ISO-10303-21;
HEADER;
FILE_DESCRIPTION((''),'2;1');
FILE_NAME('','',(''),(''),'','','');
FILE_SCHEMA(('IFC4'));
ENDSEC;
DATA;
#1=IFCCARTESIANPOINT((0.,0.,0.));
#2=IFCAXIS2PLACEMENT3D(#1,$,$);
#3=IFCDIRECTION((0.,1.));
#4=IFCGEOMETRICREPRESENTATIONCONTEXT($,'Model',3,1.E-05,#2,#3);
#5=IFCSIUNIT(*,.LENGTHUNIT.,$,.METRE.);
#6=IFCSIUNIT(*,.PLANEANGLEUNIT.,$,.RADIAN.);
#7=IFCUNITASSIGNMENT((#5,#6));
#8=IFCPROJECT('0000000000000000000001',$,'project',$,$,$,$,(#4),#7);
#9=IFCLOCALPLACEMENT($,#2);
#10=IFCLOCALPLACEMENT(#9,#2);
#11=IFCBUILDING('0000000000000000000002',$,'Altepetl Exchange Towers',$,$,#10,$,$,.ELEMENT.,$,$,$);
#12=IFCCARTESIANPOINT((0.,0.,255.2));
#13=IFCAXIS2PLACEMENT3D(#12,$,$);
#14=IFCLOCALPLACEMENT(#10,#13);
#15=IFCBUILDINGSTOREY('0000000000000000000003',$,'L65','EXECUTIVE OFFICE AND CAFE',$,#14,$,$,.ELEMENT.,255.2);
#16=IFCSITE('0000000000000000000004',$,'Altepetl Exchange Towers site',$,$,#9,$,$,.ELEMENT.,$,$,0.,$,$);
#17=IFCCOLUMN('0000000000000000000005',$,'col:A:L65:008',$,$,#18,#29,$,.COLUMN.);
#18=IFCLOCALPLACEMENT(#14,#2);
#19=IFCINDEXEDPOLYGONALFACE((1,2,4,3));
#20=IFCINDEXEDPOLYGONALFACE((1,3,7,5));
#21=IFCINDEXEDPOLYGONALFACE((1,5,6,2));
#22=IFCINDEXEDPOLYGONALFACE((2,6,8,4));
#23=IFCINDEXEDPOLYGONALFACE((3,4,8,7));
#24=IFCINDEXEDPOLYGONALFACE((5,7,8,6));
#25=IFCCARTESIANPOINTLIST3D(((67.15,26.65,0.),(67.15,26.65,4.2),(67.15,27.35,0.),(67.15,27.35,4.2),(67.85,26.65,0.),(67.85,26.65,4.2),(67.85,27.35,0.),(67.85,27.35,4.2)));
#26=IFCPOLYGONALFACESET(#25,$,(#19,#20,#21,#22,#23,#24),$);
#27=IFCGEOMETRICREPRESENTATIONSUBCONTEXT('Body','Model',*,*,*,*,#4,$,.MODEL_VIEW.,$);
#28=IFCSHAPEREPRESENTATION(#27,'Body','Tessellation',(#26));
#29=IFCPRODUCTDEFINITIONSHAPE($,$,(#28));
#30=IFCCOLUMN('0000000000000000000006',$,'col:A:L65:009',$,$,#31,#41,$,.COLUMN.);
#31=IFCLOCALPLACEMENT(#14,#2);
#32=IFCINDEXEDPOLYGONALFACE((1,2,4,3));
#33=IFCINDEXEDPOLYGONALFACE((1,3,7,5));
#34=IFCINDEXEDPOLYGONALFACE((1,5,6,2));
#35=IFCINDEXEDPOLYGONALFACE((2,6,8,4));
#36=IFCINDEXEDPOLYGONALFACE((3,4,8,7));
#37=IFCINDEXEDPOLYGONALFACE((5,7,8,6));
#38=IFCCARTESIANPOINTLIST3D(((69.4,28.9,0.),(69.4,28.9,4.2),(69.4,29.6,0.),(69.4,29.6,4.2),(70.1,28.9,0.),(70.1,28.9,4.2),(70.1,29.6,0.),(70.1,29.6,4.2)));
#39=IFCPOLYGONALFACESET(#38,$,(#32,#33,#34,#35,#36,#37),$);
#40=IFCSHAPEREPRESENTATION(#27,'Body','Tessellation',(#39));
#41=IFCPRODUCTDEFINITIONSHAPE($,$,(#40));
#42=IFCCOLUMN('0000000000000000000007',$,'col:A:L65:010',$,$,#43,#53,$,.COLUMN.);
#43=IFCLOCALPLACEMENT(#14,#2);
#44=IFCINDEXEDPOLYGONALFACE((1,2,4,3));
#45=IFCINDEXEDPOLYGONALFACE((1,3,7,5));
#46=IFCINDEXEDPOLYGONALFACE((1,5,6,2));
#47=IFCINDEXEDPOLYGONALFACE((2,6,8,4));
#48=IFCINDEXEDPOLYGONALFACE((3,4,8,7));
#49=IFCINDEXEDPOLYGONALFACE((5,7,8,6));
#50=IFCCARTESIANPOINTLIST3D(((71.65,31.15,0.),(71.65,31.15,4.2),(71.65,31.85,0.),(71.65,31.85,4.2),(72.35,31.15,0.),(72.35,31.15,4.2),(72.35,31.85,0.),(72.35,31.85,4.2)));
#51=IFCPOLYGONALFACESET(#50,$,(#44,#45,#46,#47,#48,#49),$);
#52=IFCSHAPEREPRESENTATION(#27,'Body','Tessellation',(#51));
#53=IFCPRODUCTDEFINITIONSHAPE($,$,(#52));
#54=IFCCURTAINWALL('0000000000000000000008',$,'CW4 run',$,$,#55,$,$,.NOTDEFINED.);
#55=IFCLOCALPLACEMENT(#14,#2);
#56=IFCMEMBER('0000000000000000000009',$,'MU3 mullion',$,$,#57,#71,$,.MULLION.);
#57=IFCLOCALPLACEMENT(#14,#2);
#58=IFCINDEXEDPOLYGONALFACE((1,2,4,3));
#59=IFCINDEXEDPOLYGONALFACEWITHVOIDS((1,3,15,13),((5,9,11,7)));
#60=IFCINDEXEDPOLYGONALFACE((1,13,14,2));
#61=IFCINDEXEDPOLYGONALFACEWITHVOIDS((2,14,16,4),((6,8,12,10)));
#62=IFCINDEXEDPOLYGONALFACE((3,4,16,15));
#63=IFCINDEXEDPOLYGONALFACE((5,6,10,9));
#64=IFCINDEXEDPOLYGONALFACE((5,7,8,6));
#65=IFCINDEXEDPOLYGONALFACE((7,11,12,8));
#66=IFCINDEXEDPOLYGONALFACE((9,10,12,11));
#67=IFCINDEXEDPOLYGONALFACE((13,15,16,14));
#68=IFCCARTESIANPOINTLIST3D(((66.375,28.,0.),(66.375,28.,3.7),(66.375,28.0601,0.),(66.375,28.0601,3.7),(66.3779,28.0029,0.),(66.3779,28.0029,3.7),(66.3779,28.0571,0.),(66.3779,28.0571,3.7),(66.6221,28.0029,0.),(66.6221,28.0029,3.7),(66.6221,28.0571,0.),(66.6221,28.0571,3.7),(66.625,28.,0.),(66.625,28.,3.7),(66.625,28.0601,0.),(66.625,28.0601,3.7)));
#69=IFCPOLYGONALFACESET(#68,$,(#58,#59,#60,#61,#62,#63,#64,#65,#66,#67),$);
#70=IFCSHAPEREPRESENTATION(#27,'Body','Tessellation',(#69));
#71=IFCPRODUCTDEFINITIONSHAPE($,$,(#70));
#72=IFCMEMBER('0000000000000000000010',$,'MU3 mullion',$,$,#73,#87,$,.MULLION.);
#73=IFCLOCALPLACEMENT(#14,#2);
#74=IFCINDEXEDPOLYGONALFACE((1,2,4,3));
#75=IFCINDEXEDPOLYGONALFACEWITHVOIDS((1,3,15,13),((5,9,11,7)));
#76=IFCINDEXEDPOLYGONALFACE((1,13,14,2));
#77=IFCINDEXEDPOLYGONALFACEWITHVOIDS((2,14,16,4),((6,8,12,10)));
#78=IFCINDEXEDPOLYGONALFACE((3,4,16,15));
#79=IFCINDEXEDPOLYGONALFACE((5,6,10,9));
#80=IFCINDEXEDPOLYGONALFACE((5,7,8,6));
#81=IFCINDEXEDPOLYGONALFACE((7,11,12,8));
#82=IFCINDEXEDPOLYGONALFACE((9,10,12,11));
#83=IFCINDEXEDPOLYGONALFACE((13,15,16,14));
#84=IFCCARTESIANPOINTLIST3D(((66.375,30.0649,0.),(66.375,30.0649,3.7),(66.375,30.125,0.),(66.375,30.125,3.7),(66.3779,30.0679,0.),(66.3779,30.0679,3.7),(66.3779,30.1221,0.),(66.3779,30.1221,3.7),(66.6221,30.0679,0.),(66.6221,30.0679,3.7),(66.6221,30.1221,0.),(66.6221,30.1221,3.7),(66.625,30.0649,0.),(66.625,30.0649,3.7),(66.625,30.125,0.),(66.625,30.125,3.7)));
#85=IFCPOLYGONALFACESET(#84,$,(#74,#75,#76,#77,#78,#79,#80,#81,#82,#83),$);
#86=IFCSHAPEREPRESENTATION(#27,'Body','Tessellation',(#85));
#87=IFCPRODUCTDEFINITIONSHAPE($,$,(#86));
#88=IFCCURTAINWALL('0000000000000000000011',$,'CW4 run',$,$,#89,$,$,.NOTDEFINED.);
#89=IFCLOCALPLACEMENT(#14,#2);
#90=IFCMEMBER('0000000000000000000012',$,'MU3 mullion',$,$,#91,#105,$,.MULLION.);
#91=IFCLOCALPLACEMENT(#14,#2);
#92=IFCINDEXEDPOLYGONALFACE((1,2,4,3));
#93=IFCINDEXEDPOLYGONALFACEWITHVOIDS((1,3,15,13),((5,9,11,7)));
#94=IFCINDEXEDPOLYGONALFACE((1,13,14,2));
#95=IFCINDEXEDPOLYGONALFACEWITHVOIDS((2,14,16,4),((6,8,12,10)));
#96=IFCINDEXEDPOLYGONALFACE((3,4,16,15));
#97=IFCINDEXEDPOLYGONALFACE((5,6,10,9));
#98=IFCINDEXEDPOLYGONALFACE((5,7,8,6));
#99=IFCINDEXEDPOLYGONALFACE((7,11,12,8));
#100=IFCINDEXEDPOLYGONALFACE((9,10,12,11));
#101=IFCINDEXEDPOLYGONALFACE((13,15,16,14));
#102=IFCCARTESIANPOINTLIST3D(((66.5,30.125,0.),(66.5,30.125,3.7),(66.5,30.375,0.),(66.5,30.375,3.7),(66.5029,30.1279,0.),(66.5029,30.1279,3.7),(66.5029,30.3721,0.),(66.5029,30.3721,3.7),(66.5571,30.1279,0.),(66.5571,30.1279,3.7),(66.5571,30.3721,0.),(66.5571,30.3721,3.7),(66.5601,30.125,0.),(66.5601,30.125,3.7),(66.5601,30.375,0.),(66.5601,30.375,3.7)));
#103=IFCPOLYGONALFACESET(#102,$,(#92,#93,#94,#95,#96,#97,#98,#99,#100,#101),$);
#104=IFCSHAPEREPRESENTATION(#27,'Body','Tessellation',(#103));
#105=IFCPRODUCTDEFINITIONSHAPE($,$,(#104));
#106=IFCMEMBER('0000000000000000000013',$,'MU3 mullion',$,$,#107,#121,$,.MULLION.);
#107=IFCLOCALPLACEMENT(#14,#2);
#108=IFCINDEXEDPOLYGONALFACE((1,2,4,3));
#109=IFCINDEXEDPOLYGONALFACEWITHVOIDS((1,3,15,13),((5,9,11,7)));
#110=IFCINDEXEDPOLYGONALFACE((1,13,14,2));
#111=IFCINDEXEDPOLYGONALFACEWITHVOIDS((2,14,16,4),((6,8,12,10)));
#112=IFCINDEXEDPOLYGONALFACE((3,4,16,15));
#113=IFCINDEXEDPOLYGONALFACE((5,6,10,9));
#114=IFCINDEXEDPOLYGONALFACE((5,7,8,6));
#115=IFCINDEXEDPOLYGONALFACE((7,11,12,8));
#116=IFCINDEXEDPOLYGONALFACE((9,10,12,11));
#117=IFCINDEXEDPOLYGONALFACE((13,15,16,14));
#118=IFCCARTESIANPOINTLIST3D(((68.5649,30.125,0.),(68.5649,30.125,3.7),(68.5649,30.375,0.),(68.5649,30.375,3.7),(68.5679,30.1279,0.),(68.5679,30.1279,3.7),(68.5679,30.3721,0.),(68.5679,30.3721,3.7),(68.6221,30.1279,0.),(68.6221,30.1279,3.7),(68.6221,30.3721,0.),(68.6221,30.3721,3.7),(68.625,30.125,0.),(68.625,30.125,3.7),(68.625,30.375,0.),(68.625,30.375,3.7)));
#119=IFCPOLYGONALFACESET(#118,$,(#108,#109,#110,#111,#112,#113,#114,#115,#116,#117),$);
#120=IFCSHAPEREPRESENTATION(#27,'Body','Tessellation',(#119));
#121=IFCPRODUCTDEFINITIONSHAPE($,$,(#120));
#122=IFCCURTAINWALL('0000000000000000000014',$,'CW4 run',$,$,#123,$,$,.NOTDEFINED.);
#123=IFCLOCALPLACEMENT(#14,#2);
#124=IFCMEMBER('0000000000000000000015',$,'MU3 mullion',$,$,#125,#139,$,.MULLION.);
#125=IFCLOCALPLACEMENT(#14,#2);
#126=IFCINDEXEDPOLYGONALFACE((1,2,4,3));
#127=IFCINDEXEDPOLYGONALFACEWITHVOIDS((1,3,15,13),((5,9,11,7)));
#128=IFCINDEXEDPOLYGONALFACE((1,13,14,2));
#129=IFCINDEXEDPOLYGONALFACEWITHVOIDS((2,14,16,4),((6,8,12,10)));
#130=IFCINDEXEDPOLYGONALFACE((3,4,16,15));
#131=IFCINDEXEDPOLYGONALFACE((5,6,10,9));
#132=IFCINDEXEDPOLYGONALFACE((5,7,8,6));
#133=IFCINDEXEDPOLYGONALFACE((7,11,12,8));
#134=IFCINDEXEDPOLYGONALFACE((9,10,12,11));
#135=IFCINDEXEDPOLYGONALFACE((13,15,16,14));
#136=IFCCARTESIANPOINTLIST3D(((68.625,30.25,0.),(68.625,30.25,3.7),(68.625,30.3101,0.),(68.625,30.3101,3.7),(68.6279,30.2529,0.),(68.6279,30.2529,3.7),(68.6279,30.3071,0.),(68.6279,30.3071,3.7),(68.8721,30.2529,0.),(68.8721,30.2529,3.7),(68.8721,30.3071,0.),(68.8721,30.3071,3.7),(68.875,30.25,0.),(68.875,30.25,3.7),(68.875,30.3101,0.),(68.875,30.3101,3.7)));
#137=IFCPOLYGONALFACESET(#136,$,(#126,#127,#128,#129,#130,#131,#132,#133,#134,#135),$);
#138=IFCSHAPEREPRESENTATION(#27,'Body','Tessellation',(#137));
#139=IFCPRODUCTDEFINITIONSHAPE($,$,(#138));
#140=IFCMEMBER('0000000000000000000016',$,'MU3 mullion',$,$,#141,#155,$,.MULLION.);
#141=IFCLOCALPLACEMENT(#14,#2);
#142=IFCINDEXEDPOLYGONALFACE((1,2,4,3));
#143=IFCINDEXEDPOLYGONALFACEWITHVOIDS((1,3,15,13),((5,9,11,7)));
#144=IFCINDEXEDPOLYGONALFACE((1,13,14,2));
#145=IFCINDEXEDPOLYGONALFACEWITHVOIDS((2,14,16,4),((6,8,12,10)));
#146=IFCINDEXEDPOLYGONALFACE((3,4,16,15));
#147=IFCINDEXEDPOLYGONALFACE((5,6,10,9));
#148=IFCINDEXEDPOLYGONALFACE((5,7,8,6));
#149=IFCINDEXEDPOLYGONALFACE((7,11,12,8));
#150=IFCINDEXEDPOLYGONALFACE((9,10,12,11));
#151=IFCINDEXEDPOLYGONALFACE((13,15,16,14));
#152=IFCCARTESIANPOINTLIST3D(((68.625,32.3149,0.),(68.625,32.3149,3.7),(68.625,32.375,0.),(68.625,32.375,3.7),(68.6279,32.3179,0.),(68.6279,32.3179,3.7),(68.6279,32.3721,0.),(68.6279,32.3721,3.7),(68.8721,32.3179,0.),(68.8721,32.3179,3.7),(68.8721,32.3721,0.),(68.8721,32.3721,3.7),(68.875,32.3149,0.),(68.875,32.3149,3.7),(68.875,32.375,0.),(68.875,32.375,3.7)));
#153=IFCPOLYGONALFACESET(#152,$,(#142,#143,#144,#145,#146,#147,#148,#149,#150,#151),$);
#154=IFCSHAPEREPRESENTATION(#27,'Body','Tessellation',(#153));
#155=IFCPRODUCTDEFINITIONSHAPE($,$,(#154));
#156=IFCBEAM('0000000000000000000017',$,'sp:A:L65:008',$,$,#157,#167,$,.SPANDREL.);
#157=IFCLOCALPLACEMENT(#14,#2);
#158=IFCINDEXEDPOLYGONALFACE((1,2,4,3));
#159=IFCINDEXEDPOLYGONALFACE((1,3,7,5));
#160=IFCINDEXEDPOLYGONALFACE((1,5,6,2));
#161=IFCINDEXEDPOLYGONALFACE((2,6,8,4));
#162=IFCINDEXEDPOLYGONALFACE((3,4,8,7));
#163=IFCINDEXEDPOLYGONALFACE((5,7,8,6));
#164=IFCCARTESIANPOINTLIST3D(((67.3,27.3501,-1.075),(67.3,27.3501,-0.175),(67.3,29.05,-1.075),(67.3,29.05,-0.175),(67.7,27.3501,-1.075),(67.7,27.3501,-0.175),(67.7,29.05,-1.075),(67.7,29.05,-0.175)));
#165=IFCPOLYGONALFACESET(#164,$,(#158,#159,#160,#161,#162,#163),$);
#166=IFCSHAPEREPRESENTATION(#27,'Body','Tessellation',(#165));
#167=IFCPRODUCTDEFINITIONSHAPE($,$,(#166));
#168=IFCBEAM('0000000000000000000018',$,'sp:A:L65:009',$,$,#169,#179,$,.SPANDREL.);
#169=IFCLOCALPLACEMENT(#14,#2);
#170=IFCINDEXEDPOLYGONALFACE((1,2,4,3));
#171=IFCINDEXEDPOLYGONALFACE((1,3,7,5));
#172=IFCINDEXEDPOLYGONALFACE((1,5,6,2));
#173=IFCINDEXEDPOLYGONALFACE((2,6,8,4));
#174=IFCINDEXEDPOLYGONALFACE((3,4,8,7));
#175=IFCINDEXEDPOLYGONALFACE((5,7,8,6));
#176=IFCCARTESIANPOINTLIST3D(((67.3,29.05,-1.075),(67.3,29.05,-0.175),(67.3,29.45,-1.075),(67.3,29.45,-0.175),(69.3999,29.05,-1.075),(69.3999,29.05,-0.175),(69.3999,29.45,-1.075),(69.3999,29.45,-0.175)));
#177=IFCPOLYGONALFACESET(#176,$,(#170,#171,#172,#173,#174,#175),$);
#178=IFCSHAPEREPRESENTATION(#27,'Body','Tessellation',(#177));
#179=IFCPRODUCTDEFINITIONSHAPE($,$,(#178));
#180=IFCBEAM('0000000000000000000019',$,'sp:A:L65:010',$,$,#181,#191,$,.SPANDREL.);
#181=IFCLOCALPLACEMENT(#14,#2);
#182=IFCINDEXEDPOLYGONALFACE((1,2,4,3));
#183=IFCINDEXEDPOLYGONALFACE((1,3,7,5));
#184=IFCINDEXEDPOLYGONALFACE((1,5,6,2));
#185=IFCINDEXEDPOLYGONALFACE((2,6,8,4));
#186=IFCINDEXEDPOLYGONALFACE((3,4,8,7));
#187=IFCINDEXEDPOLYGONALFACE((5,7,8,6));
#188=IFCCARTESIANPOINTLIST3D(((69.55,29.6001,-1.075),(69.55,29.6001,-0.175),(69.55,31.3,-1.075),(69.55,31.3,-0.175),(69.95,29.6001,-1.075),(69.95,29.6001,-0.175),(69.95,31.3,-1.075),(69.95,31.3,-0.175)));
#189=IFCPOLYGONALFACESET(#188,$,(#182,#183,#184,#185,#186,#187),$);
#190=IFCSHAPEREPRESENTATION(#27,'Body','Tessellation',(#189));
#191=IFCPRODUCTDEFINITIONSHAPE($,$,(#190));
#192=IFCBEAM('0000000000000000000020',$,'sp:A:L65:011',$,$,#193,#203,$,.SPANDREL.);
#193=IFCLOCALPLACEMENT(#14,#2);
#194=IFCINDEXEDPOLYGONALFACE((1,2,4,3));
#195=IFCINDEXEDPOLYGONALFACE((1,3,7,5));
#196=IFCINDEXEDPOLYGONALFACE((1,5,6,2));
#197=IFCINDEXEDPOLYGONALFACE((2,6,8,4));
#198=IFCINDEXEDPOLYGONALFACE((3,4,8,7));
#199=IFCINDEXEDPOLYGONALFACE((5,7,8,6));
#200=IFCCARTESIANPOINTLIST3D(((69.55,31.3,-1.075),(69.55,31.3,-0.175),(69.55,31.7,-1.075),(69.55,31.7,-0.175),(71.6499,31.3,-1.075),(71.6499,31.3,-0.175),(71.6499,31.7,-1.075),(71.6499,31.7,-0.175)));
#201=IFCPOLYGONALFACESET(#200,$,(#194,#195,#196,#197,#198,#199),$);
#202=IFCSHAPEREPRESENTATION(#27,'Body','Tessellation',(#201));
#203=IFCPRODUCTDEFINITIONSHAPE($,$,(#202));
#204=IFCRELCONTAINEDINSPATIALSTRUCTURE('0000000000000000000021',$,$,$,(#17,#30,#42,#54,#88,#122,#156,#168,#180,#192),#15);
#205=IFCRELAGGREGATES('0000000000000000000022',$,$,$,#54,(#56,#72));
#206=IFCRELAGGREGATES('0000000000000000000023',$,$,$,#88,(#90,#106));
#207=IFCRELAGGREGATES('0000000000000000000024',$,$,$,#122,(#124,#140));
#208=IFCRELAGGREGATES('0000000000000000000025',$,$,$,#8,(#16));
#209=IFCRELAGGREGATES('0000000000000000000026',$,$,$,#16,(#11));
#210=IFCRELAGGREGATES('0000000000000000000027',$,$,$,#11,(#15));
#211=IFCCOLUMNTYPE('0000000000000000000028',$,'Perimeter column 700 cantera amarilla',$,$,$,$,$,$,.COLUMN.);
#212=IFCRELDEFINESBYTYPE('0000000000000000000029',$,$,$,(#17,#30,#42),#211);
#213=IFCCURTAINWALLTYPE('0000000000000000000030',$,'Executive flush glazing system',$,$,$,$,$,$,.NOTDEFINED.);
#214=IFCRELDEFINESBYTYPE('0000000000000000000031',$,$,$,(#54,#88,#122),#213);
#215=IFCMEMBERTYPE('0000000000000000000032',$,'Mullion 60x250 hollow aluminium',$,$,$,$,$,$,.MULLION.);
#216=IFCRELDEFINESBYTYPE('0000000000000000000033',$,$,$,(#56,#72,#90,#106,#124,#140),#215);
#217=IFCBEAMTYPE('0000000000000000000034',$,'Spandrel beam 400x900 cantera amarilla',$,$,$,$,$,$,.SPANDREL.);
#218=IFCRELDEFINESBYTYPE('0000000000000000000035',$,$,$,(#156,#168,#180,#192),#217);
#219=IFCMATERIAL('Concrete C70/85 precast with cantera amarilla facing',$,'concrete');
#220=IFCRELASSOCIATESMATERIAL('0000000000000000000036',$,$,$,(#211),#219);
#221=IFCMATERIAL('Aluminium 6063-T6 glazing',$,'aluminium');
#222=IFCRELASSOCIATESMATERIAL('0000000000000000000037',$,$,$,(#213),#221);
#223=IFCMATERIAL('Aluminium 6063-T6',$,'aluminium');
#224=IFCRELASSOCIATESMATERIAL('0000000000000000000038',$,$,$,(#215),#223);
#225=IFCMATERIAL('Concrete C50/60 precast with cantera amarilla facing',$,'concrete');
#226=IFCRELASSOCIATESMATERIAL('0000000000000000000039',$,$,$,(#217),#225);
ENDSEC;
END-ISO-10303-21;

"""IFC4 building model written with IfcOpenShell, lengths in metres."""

from ifc_helpers import new_model, si_unit, direction, frame, origin, origin_2d, place, context, subcontext, project, spatial, rectangle, hollow_rectangle, extrude, material, material_profile, profile_set, type_object, element, aggregate, save


model = new_model("IFC4")

# Units and contexts
model_context = context("Model", 3, precision=1e-05, world=origin(), true_north=direction((0.0, 1.0)))
body_context = subcontext(model_context, "Body", "Model", "MODEL_VIEW")
ifc_project = project(units=[si_unit("LENGTHUNIT", "METRE"), si_unit("PLANEANGLEUNIT", "RADIAN")], contexts=[model_context])

# Site, building, storey
site_placement = place(None, origin())
site = spatial("IfcSite", under=ifc_project, at=site_placement, Name="Altepetl Exchange Towers site", CompositionType="ELEMENT", RefElevation=0.0)
building_placement = place(site_placement, origin())
building = spatial("IfcBuilding", under=site, at=building_placement, Name="Altepetl Exchange Towers", CompositionType="ELEMENT")
storey_placement = place(building_placement, frame((0.0, 0.0, 255.2)))
storey = spatial("IfcBuildingStorey", under=building, at=storey_placement, Name="L65", Description="EXECUTIVE OFFICE AND CAFE", CompositionType="ELEMENT", Elevation=255.2)

# Columns
ifc_material_1 = material(Name="Concrete C70/85 precast with cantera amarilla facing", Category="concrete")
ifc_material_profile_1 = material_profile(ifc_material_1, rectangle(XDim=0.7, YDim=0.7, at=origin_2d()), Name="700 x 700")
ifc_profile_set_1 = profile_set([ifc_material_profile_1], Name="Concrete C70/85 precast with cantera amarilla facing")
column_type = type_object("IfcColumnType", Name="Perimeter column 700 cantera amarilla", PredefinedType="COLUMN", material=ifc_profile_set_1)
for number, where, name in (
    (1, (67.5, 27.0, 0.0), "col:A:L65:008"),
    (2, (69.75, 29.25, 0.0), "col:A:L65:009"),
    (3, (72.0, 31.5, 0.0), "col:A:L65:010"),
):
    element("IfcColumn", number, at=place(storey_placement, frame(where)), inside=storey, type_object=column_type, Name=name, PredefinedType="COLUMN", context=body_context, shape_type="SweptSolid", body=[
        extrude(rectangle(XDim=0.7, YDim=0.7, at=origin_2d()), origin(), (0.0, 0.0, 1.0), 4.2),
    ])

# Curtain walls, members
ifc_material_2 = material(Name="Aluminium 6063-T6 glazing", Category="aluminium")
curtain_wall_type = type_object("IfcCurtainWallType", Name="Executive flush glazing system", PredefinedType="NOTDEFINED", material=ifc_material_2)
curtain_wall_1_placement = place(storey_placement, origin())
curtain_wall_1 = element("IfcCurtainWall", 4, at=curtain_wall_1_placement, inside=storey, type_object=curtain_wall_type, Name="CW4 run", PredefinedType="NOTDEFINED")
ifc_material_3 = material(Name="Aluminium 6063-T6", Category="aluminium")
ifc_material_profile_2 = material_profile(ifc_material_3, hollow_rectangle(XDim=0.0601, YDim=0.25, WallThickness=0.0029, at=origin_2d()), Name="Mullion 60x250 hollow aluminium")
ifc_profile_set_2 = profile_set([ifc_material_profile_2], Name="Aluminium 6063-T6")
member_type_1 = type_object("IfcMemberType", Name="Mullion 60x250 hollow aluminium", PredefinedType="MULLION", material=ifc_profile_set_2)
member_1_placement = place(storey_placement, frame((66.5, 28.03, 0.0), z_axis=(0.0, 0.0, 1.0), x_axis=(0.0, 1.0, 0.0)))
member_1 = element("IfcMember", 5, at=member_1_placement, type_object=member_type_1, Name="MU3 mullion", PredefinedType="MULLION", context=body_context, shape_type="SweptSolid", body=[
    extrude(hollow_rectangle(XDim=0.0601, YDim=0.25, WallThickness=0.0029, at=origin_2d()), origin(), (0.0, 0.0, 1.0), 3.7),
])
member_2_placement = place(storey_placement, frame((66.5, 30.095, 0.0), z_axis=(0.0, 0.0, 1.0), x_axis=(0.0, 1.0, 0.0)))
member_2 = element("IfcMember", 6, at=member_2_placement, type_object=member_type_1, Name="MU3 mullion", PredefinedType="MULLION", context=body_context, shape_type="SweptSolid", body=[
    extrude(hollow_rectangle(XDim=0.0601, YDim=0.25, WallThickness=0.0029, at=origin_2d()), origin(), (0.0, 0.0, 1.0), 3.7),
])
curtain_wall_2_placement = place(storey_placement, origin())
curtain_wall_2 = element("IfcCurtainWall", 7, at=curtain_wall_2_placement, inside=storey, type_object=curtain_wall_type, Name="CW4 run", PredefinedType="NOTDEFINED")
member_3_placement = place(storey_placement, frame((66.53, 30.25, 0.0)))
member_3 = element("IfcMember", 8, at=member_3_placement, type_object=member_type_1, Name="MU3 mullion", PredefinedType="MULLION", context=body_context, shape_type="SweptSolid", body=[
    extrude(hollow_rectangle(XDim=0.0601, YDim=0.25, WallThickness=0.0029, at=origin_2d()), origin(), (0.0, 0.0, 1.0), 3.7),
])
member_4_placement = place(storey_placement, frame((68.595, 30.25, 0.0)))
member_4 = element("IfcMember", 9, at=member_4_placement, type_object=member_type_1, Name="MU3 mullion", PredefinedType="MULLION", context=body_context, shape_type="SweptSolid", body=[
    extrude(hollow_rectangle(XDim=0.0601, YDim=0.25, WallThickness=0.0029, at=origin_2d()), origin(), (0.0, 0.0, 1.0), 3.7),
])
curtain_wall_3_placement = place(storey_placement, origin())
curtain_wall_3 = element("IfcCurtainWall", 10, at=curtain_wall_3_placement, inside=storey, type_object=curtain_wall_type, Name="CW4 run", PredefinedType="NOTDEFINED")
member_5_placement = place(storey_placement, frame((68.75, 30.28, 0.0), z_axis=(0.0, 0.0, 1.0), x_axis=(0.0, 1.0, 0.0)))
member_5 = element("IfcMember", 11, at=member_5_placement, type_object=member_type_1, Name="MU3 mullion", PredefinedType="MULLION", context=body_context, shape_type="SweptSolid", body=[
    extrude(hollow_rectangle(XDim=0.0601, YDim=0.25, WallThickness=0.0029, at=origin_2d()), origin(), (0.0, 0.0, 1.0), 3.7),
])
member_6_placement = place(storey_placement, frame((68.75, 32.345, 0.0), z_axis=(0.0, 0.0, 1.0), x_axis=(0.0, 1.0, 0.0)))
member_6 = element("IfcMember", 12, at=member_6_placement, type_object=member_type_1, Name="MU3 mullion", PredefinedType="MULLION", context=body_context, shape_type="SweptSolid", body=[
    extrude(hollow_rectangle(XDim=0.0601, YDim=0.25, WallThickness=0.0029, at=origin_2d()), origin(), (0.0, 0.0, 1.0), 3.7),
])

# Beams
ifc_material_4 = material(Name="Concrete C50/60 precast with cantera amarilla facing", Category="concrete")
ifc_material_profile_3 = material_profile(ifc_material_4, rectangle(XDim=0.3999, YDim=0.8999, at=origin_2d()), Name="400 x 900")
ifc_profile_set_3 = profile_set([ifc_material_profile_3], Name="Concrete C50/60 precast with cantera amarilla facing")
beam_type = type_object("IfcBeamType", Name="Spandrel beam 400x900 cantera amarilla", PredefinedType="SPANDREL", material=ifc_profile_set_3)
beam_1_placement = place(storey_placement, frame((67.5, 27.3501, -0.625), z_axis=(0.0, 1.0, 0.0), x_axis=(-1.0, 0.0, 0.0)))
element("IfcBeam", 13, at=beam_1_placement, inside=storey, type_object=beam_type, Name="sp:A:L65:008", PredefinedType="SPANDREL", context=body_context, shape_type="SweptSolid", body=[
    extrude(rectangle(XDim=0.3999, YDim=0.8999, at=origin_2d()), origin(), (0.0, 0.0, 1.0), 1.7),
])
beam_2_placement = place(storey_placement, frame((67.3, 29.25, -0.625), z_axis=(1.0, 0.0, 0.0), x_axis=(0.0, 1.0, 0.0)))
element("IfcBeam", 14, at=beam_2_placement, inside=storey, type_object=beam_type, Name="sp:A:L65:009", PredefinedType="SPANDREL", context=body_context, shape_type="SweptSolid", body=[
    extrude(rectangle(XDim=0.3999, YDim=0.8999, at=origin_2d()), origin(), (0.0, 0.0, 1.0), 2.0999),
])
beam_3_placement = place(storey_placement, frame((69.75, 29.6001, -0.625), z_axis=(0.0, 1.0, 0.0), x_axis=(-1.0, 0.0, 0.0)))
element("IfcBeam", 15, at=beam_3_placement, inside=storey, type_object=beam_type, Name="sp:A:L65:010", PredefinedType="SPANDREL", context=body_context, shape_type="SweptSolid", body=[
    extrude(rectangle(XDim=0.3999, YDim=0.8999, at=origin_2d()), origin(), (0.0, 0.0, 1.0), 1.7),
])
beam_4_placement = place(storey_placement, frame((69.55, 31.5, -0.625), z_axis=(1.0, 0.0, 0.0), x_axis=(0.0, 1.0, 0.0)))
element("IfcBeam", 16, at=beam_4_placement, inside=storey, type_object=beam_type, Name="sp:A:L65:011", PredefinedType="SPANDREL", context=body_context, shape_type="SweptSolid", body=[
    extrude(rectangle(XDim=0.3999, YDim=0.8999, at=origin_2d()), origin(), (0.0, 0.0, 1.0), 2.0999),
])

aggregate(curtain_wall_1, [member_1, member_2])
aggregate(curtain_wall_2, [member_3, member_4])
aggregate(curtain_wall_3, [member_5, member_6])

save(model, "model.ifc")
